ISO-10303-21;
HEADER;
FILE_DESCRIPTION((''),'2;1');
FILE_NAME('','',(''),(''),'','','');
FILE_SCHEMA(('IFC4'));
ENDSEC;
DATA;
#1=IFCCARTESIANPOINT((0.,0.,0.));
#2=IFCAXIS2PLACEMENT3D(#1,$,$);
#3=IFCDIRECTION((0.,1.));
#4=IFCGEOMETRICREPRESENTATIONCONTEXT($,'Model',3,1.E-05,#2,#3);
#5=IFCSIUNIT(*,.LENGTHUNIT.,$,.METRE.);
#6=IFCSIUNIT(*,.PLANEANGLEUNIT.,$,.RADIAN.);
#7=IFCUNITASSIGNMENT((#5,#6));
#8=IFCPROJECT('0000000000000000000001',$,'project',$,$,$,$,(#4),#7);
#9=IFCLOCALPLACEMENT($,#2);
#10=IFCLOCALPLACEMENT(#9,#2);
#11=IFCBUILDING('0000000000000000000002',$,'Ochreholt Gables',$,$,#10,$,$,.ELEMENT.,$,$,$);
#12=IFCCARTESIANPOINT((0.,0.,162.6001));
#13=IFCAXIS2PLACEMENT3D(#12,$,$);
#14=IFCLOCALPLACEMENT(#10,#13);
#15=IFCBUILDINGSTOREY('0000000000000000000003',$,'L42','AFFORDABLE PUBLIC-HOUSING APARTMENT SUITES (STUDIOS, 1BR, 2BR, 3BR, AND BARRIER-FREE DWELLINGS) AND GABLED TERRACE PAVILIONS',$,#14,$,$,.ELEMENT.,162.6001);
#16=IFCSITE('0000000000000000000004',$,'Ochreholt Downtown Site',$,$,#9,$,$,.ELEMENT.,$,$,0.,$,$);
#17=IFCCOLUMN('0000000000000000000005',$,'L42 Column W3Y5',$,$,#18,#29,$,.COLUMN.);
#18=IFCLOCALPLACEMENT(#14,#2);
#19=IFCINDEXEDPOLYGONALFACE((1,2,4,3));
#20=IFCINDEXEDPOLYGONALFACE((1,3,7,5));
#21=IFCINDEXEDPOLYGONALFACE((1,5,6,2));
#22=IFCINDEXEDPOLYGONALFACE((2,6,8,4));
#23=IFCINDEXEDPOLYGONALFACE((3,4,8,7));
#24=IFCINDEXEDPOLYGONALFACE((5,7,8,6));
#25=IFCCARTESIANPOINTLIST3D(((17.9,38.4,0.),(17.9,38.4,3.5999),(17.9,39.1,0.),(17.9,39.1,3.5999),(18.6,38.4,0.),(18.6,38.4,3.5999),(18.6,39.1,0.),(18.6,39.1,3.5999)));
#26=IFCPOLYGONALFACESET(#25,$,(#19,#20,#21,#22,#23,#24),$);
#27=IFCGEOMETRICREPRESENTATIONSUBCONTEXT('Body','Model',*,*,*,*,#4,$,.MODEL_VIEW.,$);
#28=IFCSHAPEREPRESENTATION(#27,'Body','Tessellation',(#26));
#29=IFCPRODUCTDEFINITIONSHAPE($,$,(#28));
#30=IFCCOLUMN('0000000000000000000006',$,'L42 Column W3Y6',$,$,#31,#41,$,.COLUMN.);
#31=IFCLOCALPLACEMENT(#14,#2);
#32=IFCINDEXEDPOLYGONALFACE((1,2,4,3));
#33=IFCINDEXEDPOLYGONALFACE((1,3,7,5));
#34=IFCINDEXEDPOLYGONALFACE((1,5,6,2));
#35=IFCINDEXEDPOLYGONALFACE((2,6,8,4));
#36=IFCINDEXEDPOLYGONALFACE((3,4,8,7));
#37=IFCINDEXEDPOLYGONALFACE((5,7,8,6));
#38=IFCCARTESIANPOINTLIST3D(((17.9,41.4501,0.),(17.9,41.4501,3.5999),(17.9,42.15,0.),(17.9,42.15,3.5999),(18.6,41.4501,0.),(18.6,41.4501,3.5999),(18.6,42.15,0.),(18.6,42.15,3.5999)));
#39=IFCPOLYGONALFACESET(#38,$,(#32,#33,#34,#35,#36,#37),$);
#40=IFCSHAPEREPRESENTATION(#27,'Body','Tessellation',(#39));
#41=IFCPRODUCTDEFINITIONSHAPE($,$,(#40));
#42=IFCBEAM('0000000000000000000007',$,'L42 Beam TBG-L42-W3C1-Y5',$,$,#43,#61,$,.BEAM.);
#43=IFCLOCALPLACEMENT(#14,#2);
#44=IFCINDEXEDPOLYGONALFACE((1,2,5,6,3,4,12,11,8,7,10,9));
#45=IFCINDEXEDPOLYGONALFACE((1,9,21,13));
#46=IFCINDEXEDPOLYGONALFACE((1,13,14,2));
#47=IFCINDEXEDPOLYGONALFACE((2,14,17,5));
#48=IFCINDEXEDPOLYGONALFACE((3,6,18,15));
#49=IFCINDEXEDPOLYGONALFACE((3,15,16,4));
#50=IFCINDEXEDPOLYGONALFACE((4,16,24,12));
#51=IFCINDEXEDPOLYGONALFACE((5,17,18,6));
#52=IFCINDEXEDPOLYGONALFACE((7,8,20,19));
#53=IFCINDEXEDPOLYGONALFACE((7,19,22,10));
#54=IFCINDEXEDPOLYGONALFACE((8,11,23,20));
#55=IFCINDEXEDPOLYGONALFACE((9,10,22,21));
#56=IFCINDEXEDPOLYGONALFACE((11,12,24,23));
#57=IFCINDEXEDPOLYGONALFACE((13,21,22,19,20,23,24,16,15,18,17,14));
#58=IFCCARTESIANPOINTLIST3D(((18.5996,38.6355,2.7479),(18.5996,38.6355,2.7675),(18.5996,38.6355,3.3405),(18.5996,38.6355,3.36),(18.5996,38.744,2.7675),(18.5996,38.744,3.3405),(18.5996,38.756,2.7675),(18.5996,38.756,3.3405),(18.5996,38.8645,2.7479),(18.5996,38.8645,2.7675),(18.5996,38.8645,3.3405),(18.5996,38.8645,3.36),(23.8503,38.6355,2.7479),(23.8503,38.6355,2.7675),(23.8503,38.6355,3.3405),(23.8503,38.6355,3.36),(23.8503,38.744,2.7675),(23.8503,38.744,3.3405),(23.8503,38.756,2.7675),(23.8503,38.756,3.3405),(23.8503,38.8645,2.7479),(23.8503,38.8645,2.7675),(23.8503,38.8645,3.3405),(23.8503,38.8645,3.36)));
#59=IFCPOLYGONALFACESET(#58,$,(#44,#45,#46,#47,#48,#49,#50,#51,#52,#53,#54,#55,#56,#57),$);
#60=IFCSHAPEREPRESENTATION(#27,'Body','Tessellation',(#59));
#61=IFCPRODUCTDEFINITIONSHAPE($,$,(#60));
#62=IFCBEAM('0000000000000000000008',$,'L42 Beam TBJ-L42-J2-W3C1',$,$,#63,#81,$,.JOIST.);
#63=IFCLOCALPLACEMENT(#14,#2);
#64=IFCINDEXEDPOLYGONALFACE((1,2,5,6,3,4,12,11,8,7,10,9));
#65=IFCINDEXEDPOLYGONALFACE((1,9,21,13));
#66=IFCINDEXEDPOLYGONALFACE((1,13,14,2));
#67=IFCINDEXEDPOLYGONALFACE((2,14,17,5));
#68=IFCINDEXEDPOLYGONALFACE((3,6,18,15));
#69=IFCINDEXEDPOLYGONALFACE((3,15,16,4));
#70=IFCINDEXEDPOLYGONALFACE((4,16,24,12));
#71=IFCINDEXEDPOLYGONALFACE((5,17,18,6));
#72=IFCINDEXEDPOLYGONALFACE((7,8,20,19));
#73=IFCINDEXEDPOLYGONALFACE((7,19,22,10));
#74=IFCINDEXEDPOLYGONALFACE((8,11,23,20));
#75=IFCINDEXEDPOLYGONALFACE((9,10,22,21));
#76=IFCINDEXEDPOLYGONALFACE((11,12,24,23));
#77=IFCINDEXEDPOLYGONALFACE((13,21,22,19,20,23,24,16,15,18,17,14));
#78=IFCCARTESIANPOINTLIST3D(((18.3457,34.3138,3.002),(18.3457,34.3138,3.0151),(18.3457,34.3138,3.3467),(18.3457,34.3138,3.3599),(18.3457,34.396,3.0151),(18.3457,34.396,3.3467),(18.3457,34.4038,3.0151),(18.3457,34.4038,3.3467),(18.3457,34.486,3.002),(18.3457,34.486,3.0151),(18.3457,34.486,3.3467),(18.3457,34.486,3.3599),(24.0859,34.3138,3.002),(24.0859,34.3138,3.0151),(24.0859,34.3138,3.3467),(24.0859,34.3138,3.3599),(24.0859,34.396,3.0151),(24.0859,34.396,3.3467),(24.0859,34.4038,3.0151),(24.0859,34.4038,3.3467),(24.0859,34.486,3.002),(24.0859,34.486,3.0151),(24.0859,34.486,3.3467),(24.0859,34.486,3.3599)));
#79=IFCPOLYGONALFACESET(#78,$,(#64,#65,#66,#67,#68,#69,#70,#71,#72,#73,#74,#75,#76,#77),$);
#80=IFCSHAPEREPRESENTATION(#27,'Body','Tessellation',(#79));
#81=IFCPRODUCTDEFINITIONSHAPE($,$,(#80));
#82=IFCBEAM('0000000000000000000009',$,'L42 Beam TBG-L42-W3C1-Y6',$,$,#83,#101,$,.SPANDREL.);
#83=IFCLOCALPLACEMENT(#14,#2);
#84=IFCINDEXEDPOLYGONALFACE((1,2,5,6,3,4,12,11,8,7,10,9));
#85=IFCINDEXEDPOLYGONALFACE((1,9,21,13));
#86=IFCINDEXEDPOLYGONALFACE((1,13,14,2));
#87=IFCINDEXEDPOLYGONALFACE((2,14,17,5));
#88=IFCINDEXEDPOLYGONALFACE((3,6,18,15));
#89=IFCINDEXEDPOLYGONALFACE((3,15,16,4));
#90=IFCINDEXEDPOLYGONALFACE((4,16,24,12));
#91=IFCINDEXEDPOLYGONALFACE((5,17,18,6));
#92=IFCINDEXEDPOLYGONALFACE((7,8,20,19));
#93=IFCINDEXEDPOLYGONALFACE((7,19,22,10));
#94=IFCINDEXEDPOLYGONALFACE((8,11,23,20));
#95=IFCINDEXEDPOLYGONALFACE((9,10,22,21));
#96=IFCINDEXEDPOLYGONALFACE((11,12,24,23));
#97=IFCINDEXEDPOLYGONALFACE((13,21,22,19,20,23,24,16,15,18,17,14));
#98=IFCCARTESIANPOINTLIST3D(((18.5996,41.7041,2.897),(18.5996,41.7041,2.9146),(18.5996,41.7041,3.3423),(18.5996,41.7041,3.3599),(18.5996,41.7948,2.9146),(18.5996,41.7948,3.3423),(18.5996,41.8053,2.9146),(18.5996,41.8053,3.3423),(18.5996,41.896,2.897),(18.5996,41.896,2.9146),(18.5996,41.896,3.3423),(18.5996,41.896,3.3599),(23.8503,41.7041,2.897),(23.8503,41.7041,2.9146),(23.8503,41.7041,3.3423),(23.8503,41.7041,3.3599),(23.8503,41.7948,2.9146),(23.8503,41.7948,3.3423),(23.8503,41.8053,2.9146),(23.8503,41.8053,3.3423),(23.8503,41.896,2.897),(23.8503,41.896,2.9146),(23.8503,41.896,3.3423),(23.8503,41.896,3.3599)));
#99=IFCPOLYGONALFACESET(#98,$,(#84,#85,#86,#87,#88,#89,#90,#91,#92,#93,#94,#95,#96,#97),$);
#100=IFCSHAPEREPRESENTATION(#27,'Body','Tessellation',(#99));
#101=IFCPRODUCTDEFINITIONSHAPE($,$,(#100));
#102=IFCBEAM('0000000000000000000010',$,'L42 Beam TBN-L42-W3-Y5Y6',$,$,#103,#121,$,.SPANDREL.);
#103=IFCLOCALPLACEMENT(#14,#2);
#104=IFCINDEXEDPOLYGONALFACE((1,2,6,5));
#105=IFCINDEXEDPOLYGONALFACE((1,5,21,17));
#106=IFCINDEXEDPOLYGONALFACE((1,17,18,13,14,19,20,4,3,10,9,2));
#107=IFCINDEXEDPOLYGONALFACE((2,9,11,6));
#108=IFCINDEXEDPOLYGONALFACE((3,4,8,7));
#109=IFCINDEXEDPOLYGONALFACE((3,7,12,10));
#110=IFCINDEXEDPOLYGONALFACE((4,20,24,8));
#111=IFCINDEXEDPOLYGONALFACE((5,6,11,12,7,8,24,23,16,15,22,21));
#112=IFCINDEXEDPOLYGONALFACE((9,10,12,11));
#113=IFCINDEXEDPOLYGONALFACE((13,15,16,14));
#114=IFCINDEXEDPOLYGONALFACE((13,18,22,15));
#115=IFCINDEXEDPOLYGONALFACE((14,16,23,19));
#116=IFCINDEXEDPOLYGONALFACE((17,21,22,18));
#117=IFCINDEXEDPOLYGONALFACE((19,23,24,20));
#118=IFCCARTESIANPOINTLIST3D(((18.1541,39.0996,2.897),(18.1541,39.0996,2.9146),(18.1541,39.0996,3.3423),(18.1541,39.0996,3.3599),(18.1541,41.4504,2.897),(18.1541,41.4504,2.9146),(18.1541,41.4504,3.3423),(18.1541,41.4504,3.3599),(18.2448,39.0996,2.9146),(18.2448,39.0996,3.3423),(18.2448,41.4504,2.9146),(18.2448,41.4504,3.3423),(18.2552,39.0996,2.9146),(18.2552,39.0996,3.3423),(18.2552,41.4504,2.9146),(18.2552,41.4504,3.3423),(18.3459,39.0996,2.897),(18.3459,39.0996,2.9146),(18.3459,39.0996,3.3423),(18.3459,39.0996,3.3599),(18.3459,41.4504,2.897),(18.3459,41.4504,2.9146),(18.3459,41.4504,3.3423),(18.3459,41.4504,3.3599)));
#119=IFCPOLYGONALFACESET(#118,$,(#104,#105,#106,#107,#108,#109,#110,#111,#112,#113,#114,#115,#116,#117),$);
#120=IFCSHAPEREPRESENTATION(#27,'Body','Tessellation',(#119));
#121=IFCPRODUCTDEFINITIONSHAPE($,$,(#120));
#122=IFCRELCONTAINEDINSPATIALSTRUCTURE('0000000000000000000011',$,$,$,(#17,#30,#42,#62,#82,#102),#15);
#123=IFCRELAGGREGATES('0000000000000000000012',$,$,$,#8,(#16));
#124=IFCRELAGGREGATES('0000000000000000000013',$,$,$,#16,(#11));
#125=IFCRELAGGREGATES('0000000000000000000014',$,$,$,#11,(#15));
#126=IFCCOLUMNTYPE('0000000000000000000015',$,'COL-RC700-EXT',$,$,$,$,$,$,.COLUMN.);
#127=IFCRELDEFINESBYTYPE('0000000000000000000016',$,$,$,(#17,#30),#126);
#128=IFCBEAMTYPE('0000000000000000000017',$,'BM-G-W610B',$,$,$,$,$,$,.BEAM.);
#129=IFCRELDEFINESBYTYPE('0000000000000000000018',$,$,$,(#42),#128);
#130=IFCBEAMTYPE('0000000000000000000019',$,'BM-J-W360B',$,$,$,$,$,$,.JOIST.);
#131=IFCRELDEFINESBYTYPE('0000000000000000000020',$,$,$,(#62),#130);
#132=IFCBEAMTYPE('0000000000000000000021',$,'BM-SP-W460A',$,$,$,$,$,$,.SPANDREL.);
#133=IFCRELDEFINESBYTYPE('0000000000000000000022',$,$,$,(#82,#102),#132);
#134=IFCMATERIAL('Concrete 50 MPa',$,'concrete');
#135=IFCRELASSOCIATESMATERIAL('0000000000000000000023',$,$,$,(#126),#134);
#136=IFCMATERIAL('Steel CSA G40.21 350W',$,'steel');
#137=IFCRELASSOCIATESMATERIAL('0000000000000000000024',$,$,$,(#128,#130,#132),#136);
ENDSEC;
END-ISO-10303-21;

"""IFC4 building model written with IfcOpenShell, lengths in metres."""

from ifc_helpers import new_model, si_unit, direction, frame, origin, origin_2d, place, context, subcontext, project, spatial, rectangle, i_section, extrude, material, material_profile, profile_set, type_object, element, save


model = new_model("IFC4")

# Units and contexts
model_context = context("Model", 3, precision=1e-05, world=origin(), true_north=direction((0.0, 1.0)))
body_context = subcontext(model_context, "Body", "Model", "MODEL_VIEW")
ifc_project = project(units=[si_unit("LENGTHUNIT", "METRE"), si_unit("PLANEANGLEUNIT", "RADIAN")], contexts=[model_context])

# Site, building, storey
site_placement = place(None, origin())
site = spatial("IfcSite", under=ifc_project, at=site_placement, Name="Ochreholt Downtown Site", CompositionType="ELEMENT", RefElevation=0.0)
building_placement = place(site_placement, origin())
building = spatial("IfcBuilding", under=site, at=building_placement, Name="Ochreholt Gables", CompositionType="ELEMENT")
storey_placement = place(building_placement, frame((0.0, 0.0, 162.6001)))
storey = spatial("IfcBuildingStorey", under=building, at=storey_placement, Name="L42", Description="AFFORDABLE PUBLIC-HOUSING APARTMENT SUITES (STUDIOS, 1BR, 2BR, 3BR, AND BARRIER-FREE DWELLINGS) AND GABLED TERRACE PAVILIONS", CompositionType="ELEMENT", Elevation=162.6001)

# Columns
ifc_material_1 = material(Name="Concrete 50 MPa", Category="concrete")
ifc_material_profile_1 = material_profile(ifc_material_1, rectangle(XDim=0.7, YDim=0.7, at=origin_2d()), Name="RC700X700")
ifc_profile_set_1 = profile_set([ifc_material_profile_1], Name="Concrete 50 MPa")
column_type = type_object("IfcColumnType", Name="COL-RC700-EXT", PredefinedType="COLUMN", material=ifc_profile_set_1)
for number, where, z_axis, x_axis, name in (
    (1, (18.25, 38.75, 0.0), (0.0, 0.0, 1.0), (1.0, 0.0, 0.0), "L42 Column W3Y5"),
    (2, (18.25, 41.8, 0.0), (0.0, 0.0, 1.0), (1.0, 0.0, 0.0), "L42 Column W3Y6"),
):
    element("IfcColumn", number, at=place(storey_placement, frame(where, z_axis=z_axis, x_axis=x_axis)), inside=storey, type_object=column_type, Name=name, PredefinedType="COLUMN", context=body_context, shape_type="SweptSolid", body=[
        extrude(rectangle(XDim=0.7, YDim=0.7, at=origin_2d()), origin(), (0.0, 0.0, 1.0), 3.5999),
    ])

# Beams
ifc_material_2 = material(Name="Steel CSA G40.21 350W", Category="steel")
ifc_material_profile_2 = material_profile(ifc_material_2, i_section(OverallWidth=0.229, OverallDepth=0.6121, WebThickness=0.012, FlangeThickness=0.0195, at=origin_2d()), Name="W610X125")
ifc_profile_set_2 = profile_set([ifc_material_profile_2], Name="Steel CSA G40.21 350W")
beam_type_1 = type_object("IfcBeamType", Name="BM-G-W610B", PredefinedType="BEAM", material=ifc_profile_set_2)
beam_1_placement = place(storey_placement, frame((18.5996, 38.75, 3.054), z_axis=(1.0, 0.0, 0.0), x_axis=(0.0, 1.0, 0.0)))
element("IfcBeam", 3, at=beam_1_placement, inside=storey, type_object=beam_type_1, Name="L42 Beam TBG-L42-W3C1-Y5", PredefinedType="BEAM", context=body_context, shape_type="SweptSolid", body=[
    extrude(i_section(OverallWidth=0.229, OverallDepth=0.6121, WebThickness=0.012, FlangeThickness=0.0195, at=origin_2d()), origin(), (0.0, 0.0, 1.0), 5.2507),
])
ifc_material_profile_3 = material_profile(ifc_material_2, i_section(OverallWidth=0.1721, OverallDepth=0.3579, WebThickness=0.0078, FlangeThickness=0.0132, at=origin_2d()), Name="W360X57")
ifc_profile_set_3 = profile_set([ifc_material_profile_3], Name="Steel CSA G40.21 350W")
beam_type_2 = type_object("IfcBeamType", Name="BM-J-W360B", PredefinedType="JOIST", material=ifc_profile_set_3)
beam_2_placement = place(storey_placement, frame((18.3457, 34.3999, 3.1809), z_axis=(1.0, 0.0, 0.0), x_axis=(0.0, 1.0, 0.0)))
element("IfcBeam", 4, at=beam_2_placement, inside=storey, type_object=beam_type_2, Name="L42 Beam TBJ-L42-J2-W3C1", PredefinedType="JOIST", context=body_context, shape_type="SweptSolid", body=[
    extrude(i_section(OverallWidth=0.1721, OverallDepth=0.3579, WebThickness=0.0078, FlangeThickness=0.0132, at=origin_2d()), origin(), (0.0, 0.0, 1.0), 5.7402),
])
ifc_material_profile_4 = material_profile(ifc_material_2, i_section(OverallWidth=0.1919, OverallDepth=0.4629, WebThickness=0.0105, FlangeThickness=0.0176, at=origin_2d()), Name="W460X89")
ifc_profile_set_4 = profile_set([ifc_material_profile_4], Name="Steel CSA G40.21 350W")
beam_type_3 = type_object("IfcBeamType", Name="BM-SP-W460A", PredefinedType="SPANDREL", material=ifc_profile_set_4)
beam_3_placement = place(storey_placement, frame((18.5996, 41.8, 3.1284), z_axis=(1.0, 0.0, 0.0), x_axis=(0.0, 1.0, 0.0)))
element("IfcBeam", 5, at=beam_3_placement, inside=storey, type_object=beam_type_3, Name="L42 Beam TBG-L42-W3C1-Y6", PredefinedType="SPANDREL", context=body_context, shape_type="SweptSolid", body=[
    extrude(i_section(OverallWidth=0.1919, OverallDepth=0.4629, WebThickness=0.0105, FlangeThickness=0.0176, at=origin_2d()), origin(), (0.0, 0.0, 1.0), 5.2507),
])
beam_4_placement = place(storey_placement, frame((18.25, 39.0996, 3.1284), z_axis=(0.0, 1.0, 0.0), x_axis=(-1.0, 0.0, 0.0)))
element("IfcBeam", 6, at=beam_4_placement, inside=storey, type_object=beam_type_3, Name="L42 Beam TBN-L42-W3-Y5Y6", PredefinedType="SPANDREL", context=body_context, shape_type="SweptSolid", body=[
    extrude(i_section(OverallWidth=0.1919, OverallDepth=0.4629, WebThickness=0.0105, FlangeThickness=0.0176, at=origin_2d()), origin(), (0.0, 0.0, 1.0), 2.3508),
])

save(model, "model.ifc")
